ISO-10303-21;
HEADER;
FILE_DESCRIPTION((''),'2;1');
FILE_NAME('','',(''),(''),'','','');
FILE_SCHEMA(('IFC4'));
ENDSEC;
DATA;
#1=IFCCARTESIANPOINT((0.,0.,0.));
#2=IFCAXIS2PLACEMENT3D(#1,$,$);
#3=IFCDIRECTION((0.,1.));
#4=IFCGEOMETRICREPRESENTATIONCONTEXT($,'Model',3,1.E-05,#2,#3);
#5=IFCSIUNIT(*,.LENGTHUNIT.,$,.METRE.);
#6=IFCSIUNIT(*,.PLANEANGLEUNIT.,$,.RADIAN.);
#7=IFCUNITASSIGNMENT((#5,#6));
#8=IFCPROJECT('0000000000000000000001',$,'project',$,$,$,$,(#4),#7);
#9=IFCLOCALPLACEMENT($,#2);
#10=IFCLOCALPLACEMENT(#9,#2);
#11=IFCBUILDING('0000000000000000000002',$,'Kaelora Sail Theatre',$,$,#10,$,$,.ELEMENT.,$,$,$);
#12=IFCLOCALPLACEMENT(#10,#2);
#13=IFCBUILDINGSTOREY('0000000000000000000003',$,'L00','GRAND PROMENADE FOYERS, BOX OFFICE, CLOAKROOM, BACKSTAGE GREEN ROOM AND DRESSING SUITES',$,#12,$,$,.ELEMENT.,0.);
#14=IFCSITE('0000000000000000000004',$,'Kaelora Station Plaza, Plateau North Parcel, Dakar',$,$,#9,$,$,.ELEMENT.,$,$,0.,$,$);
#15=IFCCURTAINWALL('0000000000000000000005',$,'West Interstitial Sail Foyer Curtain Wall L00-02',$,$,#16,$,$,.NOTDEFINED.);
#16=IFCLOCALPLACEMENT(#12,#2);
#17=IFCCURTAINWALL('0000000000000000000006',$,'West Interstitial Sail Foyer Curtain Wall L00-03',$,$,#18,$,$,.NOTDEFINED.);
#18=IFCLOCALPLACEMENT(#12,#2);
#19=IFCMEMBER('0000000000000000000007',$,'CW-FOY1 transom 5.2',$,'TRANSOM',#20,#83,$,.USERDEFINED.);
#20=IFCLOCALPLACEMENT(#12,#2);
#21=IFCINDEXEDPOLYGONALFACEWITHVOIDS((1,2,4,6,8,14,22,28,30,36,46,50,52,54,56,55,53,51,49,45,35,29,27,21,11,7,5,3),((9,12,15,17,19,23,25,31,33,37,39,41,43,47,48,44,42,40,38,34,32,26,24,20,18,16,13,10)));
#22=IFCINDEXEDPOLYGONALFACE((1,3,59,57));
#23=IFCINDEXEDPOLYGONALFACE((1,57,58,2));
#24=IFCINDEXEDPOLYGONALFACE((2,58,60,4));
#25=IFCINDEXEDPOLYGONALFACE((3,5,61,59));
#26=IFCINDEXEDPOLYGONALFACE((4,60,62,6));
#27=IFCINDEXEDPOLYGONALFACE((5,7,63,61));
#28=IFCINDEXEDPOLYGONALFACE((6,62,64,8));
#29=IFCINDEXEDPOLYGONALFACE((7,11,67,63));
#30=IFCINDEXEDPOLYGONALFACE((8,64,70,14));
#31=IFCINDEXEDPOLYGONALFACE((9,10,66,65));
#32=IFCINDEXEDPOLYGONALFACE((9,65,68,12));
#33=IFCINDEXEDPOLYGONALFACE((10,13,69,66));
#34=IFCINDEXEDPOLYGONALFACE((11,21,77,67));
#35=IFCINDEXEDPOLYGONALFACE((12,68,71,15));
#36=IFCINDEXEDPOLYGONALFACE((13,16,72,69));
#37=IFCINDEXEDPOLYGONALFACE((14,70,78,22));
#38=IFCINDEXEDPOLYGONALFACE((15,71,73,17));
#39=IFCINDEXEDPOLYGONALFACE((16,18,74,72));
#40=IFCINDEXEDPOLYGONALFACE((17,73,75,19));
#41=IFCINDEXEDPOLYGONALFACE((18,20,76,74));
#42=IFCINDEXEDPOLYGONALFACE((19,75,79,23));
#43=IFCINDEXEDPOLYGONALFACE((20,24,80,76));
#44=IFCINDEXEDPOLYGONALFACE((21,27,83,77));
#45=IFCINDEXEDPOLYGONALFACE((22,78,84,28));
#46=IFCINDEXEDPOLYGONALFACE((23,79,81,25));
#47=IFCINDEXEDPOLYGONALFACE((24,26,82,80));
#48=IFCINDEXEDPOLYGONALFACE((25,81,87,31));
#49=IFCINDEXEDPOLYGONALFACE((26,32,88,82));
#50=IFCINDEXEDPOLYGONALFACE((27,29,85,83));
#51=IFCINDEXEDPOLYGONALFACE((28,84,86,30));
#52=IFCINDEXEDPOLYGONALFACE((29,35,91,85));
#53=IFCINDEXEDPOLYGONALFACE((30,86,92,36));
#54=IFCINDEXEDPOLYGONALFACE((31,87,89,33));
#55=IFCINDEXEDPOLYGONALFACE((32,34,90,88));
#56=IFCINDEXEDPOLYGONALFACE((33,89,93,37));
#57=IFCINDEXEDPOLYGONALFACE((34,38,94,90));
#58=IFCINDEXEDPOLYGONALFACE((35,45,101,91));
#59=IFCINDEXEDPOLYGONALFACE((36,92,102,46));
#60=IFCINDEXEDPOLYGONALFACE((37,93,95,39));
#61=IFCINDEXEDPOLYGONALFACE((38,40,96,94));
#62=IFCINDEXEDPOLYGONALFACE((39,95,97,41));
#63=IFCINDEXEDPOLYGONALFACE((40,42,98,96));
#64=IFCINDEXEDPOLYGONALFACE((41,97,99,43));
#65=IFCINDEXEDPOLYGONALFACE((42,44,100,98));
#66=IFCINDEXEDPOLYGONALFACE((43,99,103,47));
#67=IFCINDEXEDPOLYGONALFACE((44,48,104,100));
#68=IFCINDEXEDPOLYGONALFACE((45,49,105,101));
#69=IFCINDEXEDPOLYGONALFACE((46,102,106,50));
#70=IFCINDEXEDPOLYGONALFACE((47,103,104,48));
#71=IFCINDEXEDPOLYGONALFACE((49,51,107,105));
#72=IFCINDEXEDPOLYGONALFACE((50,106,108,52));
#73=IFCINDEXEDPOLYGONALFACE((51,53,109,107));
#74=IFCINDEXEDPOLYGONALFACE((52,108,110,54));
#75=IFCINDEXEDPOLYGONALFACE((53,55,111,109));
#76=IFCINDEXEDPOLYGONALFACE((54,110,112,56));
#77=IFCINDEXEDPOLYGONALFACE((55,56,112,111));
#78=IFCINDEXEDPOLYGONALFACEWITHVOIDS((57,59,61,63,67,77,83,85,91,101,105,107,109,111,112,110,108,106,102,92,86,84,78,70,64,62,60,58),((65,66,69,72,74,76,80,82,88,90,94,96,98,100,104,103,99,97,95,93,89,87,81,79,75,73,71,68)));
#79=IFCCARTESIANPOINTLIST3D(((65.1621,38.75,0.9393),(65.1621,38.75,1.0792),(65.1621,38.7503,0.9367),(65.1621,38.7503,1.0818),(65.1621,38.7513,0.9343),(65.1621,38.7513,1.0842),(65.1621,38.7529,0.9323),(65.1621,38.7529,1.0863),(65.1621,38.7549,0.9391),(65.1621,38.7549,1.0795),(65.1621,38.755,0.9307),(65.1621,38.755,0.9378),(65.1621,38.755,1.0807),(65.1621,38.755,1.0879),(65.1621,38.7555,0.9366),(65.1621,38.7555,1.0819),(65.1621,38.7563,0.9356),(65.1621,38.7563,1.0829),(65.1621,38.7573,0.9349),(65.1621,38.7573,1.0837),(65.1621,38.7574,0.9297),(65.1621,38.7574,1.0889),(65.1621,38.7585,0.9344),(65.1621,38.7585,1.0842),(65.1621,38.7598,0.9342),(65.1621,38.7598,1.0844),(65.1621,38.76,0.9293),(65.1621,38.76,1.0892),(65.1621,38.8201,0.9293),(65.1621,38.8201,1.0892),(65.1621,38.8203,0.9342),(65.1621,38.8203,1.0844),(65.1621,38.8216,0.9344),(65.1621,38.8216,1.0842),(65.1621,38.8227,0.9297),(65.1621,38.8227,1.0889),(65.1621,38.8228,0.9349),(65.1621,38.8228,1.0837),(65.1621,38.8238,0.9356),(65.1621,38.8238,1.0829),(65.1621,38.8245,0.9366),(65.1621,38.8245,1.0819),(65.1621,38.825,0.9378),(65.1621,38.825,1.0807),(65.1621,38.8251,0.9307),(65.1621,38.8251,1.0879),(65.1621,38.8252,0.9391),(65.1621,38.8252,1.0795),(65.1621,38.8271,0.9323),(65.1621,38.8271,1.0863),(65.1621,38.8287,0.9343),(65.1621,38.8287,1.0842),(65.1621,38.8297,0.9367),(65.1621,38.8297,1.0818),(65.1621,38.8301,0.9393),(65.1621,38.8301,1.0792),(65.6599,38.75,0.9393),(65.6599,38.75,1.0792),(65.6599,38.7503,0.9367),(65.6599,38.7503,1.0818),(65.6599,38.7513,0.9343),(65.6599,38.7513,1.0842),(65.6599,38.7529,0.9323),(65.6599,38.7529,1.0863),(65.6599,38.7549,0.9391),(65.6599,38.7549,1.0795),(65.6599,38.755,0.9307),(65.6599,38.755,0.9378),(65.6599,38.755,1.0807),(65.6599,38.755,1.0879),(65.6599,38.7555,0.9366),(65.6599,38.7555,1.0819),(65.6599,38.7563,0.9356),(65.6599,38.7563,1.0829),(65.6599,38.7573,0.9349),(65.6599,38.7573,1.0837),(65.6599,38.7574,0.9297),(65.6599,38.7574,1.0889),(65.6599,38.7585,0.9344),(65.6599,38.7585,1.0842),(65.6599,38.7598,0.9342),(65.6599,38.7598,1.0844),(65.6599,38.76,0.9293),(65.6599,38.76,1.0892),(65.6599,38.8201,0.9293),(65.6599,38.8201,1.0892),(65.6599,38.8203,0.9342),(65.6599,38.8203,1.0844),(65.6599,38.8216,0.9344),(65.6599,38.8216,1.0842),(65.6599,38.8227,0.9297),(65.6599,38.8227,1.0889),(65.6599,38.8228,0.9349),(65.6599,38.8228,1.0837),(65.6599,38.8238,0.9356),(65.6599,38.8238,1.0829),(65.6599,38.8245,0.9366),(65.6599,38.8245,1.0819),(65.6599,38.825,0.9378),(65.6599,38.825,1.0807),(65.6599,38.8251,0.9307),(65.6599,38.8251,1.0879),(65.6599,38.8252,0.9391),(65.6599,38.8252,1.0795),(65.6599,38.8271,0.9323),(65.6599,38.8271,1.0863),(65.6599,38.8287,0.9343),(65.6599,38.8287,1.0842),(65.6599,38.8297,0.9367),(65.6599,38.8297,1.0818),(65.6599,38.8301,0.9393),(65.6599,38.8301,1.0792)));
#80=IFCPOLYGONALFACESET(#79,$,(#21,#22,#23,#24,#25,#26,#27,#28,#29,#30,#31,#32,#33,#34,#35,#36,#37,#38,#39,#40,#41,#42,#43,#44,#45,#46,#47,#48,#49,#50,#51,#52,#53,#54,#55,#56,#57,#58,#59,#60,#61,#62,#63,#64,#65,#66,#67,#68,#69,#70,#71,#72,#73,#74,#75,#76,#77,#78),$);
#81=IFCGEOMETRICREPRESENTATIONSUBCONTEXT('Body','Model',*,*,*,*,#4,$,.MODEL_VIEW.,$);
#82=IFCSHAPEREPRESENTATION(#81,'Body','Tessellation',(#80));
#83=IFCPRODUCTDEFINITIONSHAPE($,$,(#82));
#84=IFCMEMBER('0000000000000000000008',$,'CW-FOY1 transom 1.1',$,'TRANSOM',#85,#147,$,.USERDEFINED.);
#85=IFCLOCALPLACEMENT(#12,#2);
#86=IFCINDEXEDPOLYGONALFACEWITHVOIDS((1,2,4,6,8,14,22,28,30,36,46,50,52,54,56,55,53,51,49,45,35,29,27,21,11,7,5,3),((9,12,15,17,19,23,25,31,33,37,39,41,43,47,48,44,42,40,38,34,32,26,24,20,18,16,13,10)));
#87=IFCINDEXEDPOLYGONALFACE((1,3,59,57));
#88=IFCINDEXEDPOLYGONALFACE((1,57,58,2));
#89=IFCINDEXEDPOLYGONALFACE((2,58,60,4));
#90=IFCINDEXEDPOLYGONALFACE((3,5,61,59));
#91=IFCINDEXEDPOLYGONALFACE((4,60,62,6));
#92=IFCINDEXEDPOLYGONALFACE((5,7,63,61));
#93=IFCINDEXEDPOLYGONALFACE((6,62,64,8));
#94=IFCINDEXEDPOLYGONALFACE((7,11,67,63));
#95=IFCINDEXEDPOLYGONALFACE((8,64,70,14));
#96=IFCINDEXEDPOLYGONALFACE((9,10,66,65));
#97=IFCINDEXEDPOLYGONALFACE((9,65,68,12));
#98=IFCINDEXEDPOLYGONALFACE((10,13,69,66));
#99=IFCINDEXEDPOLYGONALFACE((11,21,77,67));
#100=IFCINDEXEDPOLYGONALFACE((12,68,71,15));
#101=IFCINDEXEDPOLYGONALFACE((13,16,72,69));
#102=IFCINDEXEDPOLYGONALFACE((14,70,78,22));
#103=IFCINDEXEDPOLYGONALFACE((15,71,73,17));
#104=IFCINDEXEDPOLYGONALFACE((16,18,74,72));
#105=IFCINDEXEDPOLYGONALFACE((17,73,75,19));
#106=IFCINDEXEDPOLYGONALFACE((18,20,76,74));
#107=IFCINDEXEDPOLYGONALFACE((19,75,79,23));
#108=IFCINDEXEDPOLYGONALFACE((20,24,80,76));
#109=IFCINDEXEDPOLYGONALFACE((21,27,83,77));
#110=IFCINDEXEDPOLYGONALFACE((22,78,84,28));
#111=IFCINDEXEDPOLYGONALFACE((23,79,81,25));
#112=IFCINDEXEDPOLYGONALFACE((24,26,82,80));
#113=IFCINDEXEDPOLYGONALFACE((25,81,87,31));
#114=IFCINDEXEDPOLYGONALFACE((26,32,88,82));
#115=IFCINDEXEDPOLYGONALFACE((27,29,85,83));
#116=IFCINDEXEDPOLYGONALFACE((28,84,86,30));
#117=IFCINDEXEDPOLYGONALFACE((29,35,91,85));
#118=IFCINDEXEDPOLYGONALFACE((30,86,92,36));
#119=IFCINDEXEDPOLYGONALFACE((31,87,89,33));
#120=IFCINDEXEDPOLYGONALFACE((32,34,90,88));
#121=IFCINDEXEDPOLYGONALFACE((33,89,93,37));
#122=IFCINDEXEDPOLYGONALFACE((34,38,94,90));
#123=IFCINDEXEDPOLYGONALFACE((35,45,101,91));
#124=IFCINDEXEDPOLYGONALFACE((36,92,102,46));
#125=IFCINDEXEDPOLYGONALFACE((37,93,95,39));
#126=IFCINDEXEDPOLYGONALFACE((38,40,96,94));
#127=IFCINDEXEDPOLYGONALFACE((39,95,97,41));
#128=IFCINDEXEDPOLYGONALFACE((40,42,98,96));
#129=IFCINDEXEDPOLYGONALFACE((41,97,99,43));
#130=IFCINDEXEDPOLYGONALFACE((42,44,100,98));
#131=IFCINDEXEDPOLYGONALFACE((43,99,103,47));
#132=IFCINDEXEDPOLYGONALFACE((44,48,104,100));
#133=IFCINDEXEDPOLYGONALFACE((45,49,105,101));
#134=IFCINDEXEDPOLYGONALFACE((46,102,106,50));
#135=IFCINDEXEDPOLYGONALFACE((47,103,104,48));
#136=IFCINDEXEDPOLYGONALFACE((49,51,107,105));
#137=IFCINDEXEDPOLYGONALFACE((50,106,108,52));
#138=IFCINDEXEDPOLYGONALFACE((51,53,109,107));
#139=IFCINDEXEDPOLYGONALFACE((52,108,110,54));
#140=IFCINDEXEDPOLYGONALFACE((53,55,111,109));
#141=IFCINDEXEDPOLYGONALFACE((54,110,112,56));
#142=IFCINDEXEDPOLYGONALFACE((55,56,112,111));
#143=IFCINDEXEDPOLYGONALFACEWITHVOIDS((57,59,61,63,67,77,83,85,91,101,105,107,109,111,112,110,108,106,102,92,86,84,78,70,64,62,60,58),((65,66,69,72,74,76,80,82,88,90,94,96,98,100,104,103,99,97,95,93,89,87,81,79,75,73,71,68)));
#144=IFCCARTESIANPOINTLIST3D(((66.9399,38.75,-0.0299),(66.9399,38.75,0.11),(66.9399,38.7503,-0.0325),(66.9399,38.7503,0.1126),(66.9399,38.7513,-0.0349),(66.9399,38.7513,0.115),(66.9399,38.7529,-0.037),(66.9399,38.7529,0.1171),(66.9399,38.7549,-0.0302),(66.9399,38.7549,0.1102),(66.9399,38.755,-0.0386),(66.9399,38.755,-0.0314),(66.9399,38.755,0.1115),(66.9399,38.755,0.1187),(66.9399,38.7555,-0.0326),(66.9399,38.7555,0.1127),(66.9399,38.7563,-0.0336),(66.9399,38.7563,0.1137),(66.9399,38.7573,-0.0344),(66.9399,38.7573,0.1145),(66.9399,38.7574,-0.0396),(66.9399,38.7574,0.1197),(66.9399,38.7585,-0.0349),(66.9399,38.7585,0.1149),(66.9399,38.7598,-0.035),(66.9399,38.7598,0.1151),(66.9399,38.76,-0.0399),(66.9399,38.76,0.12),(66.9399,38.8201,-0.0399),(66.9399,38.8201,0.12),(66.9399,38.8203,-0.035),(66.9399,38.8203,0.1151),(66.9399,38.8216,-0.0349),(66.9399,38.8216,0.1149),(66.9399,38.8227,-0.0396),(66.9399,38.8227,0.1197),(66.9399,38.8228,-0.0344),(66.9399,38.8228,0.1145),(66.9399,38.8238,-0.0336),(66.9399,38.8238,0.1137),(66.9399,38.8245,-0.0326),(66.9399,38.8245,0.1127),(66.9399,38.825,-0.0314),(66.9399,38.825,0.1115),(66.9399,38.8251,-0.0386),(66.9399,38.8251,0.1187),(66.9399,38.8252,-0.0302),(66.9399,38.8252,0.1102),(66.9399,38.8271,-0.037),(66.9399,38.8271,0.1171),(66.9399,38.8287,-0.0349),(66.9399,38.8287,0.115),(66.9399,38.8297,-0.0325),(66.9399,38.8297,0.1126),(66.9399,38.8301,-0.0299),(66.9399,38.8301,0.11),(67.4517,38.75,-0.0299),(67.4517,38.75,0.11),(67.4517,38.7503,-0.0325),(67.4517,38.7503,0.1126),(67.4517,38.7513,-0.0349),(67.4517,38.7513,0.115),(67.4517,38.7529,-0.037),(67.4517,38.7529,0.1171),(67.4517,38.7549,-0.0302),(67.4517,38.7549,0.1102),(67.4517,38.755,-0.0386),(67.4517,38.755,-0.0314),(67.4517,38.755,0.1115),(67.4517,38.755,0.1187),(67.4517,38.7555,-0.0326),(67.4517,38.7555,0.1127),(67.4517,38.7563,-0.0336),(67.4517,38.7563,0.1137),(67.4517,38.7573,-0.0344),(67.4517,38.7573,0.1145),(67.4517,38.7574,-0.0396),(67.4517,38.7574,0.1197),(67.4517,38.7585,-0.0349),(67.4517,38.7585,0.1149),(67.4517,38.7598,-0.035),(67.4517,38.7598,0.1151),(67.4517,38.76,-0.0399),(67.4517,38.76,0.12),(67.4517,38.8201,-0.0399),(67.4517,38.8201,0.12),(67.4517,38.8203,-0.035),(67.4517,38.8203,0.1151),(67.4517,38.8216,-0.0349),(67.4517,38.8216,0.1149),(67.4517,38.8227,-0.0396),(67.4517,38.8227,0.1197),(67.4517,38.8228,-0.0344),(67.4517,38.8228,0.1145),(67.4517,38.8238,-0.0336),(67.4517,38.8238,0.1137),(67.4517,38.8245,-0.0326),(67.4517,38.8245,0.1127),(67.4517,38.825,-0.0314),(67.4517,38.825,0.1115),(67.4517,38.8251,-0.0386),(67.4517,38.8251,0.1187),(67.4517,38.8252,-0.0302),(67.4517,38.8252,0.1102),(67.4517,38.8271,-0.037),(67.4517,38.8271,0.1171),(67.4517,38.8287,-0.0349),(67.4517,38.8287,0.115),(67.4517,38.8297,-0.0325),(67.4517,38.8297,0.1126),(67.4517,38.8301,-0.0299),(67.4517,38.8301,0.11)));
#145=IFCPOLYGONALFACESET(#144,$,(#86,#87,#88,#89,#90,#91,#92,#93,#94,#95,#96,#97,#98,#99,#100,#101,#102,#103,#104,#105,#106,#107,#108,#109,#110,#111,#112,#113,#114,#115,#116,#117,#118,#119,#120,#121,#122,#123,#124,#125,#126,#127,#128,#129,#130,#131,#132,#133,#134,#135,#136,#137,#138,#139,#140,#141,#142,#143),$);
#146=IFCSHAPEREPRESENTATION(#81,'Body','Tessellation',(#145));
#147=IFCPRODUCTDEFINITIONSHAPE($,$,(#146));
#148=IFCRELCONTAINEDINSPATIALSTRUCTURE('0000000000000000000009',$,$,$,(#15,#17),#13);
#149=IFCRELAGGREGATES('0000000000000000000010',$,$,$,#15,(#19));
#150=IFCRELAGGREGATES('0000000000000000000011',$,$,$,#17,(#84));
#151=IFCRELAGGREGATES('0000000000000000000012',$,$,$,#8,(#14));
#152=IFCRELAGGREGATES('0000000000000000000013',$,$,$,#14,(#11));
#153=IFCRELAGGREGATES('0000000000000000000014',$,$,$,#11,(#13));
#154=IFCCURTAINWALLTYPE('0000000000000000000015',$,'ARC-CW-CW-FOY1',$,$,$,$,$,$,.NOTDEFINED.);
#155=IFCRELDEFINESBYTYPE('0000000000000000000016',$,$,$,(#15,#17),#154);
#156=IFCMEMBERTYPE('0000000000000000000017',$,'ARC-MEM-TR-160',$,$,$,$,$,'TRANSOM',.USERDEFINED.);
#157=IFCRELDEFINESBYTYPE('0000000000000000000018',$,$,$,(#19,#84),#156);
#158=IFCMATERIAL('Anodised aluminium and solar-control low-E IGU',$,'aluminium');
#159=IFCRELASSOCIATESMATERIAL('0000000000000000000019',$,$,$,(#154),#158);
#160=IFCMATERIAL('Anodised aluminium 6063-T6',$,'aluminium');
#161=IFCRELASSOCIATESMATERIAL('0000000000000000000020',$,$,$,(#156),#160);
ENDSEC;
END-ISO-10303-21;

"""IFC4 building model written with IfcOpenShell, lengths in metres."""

from ifc_helpers import new_model, si_unit, direction, frame, origin, origin_2d, place, context, subcontext, project, spatial, hollow_rectangle, extrude, material, material_profile, profile_set, type_object, element, aggregate, save


model = new_model("IFC4")

# Units and contexts
model_context = context("Model", 3, precision=1e-05, world=origin(), true_north=direction((0.0, 1.0)))
body_context = subcontext(model_context, "Body", "Model", "MODEL_VIEW")
ifc_project = project(units=[si_unit("LENGTHUNIT", "METRE"), si_unit("PLANEANGLEUNIT", "RADIAN")], contexts=[model_context])

# Site, building, storey
site_placement = place(None, origin())
site = spatial("IfcSite", under=ifc_project, at=site_placement, Name="Kaelora Station Plaza, Plateau North Parcel, Dakar", CompositionType="ELEMENT", RefElevation=0.0)
building_placement = place(site_placement, origin())
building = spatial("IfcBuilding", under=site, at=building_placement, Name="Kaelora Sail Theatre", CompositionType="ELEMENT")
storey_placement = place(building_placement, origin())
storey = spatial("IfcBuildingStorey", under=building, at=storey_placement, Name="L00", Description="GRAND PROMENADE FOYERS, BOX OFFICE, CLOAKROOM, BACKSTAGE GREEN ROOM AND DRESSING SUITES", CompositionType="ELEMENT", Elevation=0.0)

# Curtain walls
ifc_material_1 = material(Name="Anodised aluminium and solar-control low-E IGU", Category="aluminium")
curtain_wall_type = type_object("IfcCurtainWallType", Name="ARC-CW-CW-FOY1", PredefinedType="NOTDEFINED", material=ifc_material_1)
curtain_wall_1_placement = place(storey_placement, origin())
curtain_wall_1 = element("IfcCurtainWall", 1, at=curtain_wall_1_placement, inside=storey, type_object=curtain_wall_type, Name="West Interstitial Sail Foyer Curtain Wall L00-02", PredefinedType="NOTDEFINED")
curtain_wall_2_placement = place(storey_placement, origin())
curtain_wall_2 = element("IfcCurtainWall", 2, at=curtain_wall_2_placement, inside=storey, type_object=curtain_wall_type, Name="West Interstitial Sail Foyer Curtain Wall L00-03", PredefinedType="NOTDEFINED")

# Members
ifc_material_2 = material(Name="Anodised aluminium 6063-T6", Category="aluminium")
ifc_material_profile_1 = material_profile(ifc_material_2, hollow_rectangle(XDim=0.0801, YDim=0.1599, WallThickness=0.0049, InnerFilletRadius=0.0049, OuterFilletRadius=0.01, at=origin_2d()), Name="ALU-TRAN 80x160x5")
ifc_profile_set_1 = profile_set([ifc_material_profile_1], Name="Anodised aluminium 6063-T6")
member_type_1 = type_object("IfcMemberType", Name="ARC-MEM-TR-160", ElementType="TRANSOM", PredefinedType="USERDEFINED", material=ifc_profile_set_1)
member_1_placement = place(storey_placement, frame((65.1621, 38.79, 1.0093), z_axis=(1.0, 0.0, 0.0), x_axis=(0.0, 1.0, 0.0)))
member_1 = element("IfcMember", 3, at=member_1_placement, type_object=member_type_1, Name="CW-FOY1 transom 5.2", ObjectType="TRANSOM", PredefinedType="USERDEFINED", context=body_context, shape_type="SweptSolid", body=[
    extrude(hollow_rectangle(XDim=0.0801, YDim=0.1599, WallThickness=0.0049, InnerFilletRadius=0.0049, OuterFilletRadius=0.01, at=origin_2d()), origin(), (0.0, 0.0, 1.0), 0.4978),
])
member_2_placement = place(storey_placement, frame((66.9399, 38.79, 0.04), z_axis=(1.0, 0.0, 0.0), x_axis=(0.0, 1.0, 0.0)))
member_2 = element("IfcMember", 4, at=member_2_placement, type_object=member_type_1, Name="CW-FOY1 transom 1.1", ObjectType="TRANSOM", PredefinedType="USERDEFINED", context=body_context, shape_type="SweptSolid", body=[
    extrude(hollow_rectangle(XDim=0.0801, YDim=0.1599, WallThickness=0.0049, InnerFilletRadius=0.0049, OuterFilletRadius=0.01, at=origin_2d()), origin(), (0.0, 0.0, 1.0), 0.5117),
])

aggregate(curtain_wall_1, [member_1])
aggregate(curtain_wall_2, [member_2])

save(model, "model.ifc")
